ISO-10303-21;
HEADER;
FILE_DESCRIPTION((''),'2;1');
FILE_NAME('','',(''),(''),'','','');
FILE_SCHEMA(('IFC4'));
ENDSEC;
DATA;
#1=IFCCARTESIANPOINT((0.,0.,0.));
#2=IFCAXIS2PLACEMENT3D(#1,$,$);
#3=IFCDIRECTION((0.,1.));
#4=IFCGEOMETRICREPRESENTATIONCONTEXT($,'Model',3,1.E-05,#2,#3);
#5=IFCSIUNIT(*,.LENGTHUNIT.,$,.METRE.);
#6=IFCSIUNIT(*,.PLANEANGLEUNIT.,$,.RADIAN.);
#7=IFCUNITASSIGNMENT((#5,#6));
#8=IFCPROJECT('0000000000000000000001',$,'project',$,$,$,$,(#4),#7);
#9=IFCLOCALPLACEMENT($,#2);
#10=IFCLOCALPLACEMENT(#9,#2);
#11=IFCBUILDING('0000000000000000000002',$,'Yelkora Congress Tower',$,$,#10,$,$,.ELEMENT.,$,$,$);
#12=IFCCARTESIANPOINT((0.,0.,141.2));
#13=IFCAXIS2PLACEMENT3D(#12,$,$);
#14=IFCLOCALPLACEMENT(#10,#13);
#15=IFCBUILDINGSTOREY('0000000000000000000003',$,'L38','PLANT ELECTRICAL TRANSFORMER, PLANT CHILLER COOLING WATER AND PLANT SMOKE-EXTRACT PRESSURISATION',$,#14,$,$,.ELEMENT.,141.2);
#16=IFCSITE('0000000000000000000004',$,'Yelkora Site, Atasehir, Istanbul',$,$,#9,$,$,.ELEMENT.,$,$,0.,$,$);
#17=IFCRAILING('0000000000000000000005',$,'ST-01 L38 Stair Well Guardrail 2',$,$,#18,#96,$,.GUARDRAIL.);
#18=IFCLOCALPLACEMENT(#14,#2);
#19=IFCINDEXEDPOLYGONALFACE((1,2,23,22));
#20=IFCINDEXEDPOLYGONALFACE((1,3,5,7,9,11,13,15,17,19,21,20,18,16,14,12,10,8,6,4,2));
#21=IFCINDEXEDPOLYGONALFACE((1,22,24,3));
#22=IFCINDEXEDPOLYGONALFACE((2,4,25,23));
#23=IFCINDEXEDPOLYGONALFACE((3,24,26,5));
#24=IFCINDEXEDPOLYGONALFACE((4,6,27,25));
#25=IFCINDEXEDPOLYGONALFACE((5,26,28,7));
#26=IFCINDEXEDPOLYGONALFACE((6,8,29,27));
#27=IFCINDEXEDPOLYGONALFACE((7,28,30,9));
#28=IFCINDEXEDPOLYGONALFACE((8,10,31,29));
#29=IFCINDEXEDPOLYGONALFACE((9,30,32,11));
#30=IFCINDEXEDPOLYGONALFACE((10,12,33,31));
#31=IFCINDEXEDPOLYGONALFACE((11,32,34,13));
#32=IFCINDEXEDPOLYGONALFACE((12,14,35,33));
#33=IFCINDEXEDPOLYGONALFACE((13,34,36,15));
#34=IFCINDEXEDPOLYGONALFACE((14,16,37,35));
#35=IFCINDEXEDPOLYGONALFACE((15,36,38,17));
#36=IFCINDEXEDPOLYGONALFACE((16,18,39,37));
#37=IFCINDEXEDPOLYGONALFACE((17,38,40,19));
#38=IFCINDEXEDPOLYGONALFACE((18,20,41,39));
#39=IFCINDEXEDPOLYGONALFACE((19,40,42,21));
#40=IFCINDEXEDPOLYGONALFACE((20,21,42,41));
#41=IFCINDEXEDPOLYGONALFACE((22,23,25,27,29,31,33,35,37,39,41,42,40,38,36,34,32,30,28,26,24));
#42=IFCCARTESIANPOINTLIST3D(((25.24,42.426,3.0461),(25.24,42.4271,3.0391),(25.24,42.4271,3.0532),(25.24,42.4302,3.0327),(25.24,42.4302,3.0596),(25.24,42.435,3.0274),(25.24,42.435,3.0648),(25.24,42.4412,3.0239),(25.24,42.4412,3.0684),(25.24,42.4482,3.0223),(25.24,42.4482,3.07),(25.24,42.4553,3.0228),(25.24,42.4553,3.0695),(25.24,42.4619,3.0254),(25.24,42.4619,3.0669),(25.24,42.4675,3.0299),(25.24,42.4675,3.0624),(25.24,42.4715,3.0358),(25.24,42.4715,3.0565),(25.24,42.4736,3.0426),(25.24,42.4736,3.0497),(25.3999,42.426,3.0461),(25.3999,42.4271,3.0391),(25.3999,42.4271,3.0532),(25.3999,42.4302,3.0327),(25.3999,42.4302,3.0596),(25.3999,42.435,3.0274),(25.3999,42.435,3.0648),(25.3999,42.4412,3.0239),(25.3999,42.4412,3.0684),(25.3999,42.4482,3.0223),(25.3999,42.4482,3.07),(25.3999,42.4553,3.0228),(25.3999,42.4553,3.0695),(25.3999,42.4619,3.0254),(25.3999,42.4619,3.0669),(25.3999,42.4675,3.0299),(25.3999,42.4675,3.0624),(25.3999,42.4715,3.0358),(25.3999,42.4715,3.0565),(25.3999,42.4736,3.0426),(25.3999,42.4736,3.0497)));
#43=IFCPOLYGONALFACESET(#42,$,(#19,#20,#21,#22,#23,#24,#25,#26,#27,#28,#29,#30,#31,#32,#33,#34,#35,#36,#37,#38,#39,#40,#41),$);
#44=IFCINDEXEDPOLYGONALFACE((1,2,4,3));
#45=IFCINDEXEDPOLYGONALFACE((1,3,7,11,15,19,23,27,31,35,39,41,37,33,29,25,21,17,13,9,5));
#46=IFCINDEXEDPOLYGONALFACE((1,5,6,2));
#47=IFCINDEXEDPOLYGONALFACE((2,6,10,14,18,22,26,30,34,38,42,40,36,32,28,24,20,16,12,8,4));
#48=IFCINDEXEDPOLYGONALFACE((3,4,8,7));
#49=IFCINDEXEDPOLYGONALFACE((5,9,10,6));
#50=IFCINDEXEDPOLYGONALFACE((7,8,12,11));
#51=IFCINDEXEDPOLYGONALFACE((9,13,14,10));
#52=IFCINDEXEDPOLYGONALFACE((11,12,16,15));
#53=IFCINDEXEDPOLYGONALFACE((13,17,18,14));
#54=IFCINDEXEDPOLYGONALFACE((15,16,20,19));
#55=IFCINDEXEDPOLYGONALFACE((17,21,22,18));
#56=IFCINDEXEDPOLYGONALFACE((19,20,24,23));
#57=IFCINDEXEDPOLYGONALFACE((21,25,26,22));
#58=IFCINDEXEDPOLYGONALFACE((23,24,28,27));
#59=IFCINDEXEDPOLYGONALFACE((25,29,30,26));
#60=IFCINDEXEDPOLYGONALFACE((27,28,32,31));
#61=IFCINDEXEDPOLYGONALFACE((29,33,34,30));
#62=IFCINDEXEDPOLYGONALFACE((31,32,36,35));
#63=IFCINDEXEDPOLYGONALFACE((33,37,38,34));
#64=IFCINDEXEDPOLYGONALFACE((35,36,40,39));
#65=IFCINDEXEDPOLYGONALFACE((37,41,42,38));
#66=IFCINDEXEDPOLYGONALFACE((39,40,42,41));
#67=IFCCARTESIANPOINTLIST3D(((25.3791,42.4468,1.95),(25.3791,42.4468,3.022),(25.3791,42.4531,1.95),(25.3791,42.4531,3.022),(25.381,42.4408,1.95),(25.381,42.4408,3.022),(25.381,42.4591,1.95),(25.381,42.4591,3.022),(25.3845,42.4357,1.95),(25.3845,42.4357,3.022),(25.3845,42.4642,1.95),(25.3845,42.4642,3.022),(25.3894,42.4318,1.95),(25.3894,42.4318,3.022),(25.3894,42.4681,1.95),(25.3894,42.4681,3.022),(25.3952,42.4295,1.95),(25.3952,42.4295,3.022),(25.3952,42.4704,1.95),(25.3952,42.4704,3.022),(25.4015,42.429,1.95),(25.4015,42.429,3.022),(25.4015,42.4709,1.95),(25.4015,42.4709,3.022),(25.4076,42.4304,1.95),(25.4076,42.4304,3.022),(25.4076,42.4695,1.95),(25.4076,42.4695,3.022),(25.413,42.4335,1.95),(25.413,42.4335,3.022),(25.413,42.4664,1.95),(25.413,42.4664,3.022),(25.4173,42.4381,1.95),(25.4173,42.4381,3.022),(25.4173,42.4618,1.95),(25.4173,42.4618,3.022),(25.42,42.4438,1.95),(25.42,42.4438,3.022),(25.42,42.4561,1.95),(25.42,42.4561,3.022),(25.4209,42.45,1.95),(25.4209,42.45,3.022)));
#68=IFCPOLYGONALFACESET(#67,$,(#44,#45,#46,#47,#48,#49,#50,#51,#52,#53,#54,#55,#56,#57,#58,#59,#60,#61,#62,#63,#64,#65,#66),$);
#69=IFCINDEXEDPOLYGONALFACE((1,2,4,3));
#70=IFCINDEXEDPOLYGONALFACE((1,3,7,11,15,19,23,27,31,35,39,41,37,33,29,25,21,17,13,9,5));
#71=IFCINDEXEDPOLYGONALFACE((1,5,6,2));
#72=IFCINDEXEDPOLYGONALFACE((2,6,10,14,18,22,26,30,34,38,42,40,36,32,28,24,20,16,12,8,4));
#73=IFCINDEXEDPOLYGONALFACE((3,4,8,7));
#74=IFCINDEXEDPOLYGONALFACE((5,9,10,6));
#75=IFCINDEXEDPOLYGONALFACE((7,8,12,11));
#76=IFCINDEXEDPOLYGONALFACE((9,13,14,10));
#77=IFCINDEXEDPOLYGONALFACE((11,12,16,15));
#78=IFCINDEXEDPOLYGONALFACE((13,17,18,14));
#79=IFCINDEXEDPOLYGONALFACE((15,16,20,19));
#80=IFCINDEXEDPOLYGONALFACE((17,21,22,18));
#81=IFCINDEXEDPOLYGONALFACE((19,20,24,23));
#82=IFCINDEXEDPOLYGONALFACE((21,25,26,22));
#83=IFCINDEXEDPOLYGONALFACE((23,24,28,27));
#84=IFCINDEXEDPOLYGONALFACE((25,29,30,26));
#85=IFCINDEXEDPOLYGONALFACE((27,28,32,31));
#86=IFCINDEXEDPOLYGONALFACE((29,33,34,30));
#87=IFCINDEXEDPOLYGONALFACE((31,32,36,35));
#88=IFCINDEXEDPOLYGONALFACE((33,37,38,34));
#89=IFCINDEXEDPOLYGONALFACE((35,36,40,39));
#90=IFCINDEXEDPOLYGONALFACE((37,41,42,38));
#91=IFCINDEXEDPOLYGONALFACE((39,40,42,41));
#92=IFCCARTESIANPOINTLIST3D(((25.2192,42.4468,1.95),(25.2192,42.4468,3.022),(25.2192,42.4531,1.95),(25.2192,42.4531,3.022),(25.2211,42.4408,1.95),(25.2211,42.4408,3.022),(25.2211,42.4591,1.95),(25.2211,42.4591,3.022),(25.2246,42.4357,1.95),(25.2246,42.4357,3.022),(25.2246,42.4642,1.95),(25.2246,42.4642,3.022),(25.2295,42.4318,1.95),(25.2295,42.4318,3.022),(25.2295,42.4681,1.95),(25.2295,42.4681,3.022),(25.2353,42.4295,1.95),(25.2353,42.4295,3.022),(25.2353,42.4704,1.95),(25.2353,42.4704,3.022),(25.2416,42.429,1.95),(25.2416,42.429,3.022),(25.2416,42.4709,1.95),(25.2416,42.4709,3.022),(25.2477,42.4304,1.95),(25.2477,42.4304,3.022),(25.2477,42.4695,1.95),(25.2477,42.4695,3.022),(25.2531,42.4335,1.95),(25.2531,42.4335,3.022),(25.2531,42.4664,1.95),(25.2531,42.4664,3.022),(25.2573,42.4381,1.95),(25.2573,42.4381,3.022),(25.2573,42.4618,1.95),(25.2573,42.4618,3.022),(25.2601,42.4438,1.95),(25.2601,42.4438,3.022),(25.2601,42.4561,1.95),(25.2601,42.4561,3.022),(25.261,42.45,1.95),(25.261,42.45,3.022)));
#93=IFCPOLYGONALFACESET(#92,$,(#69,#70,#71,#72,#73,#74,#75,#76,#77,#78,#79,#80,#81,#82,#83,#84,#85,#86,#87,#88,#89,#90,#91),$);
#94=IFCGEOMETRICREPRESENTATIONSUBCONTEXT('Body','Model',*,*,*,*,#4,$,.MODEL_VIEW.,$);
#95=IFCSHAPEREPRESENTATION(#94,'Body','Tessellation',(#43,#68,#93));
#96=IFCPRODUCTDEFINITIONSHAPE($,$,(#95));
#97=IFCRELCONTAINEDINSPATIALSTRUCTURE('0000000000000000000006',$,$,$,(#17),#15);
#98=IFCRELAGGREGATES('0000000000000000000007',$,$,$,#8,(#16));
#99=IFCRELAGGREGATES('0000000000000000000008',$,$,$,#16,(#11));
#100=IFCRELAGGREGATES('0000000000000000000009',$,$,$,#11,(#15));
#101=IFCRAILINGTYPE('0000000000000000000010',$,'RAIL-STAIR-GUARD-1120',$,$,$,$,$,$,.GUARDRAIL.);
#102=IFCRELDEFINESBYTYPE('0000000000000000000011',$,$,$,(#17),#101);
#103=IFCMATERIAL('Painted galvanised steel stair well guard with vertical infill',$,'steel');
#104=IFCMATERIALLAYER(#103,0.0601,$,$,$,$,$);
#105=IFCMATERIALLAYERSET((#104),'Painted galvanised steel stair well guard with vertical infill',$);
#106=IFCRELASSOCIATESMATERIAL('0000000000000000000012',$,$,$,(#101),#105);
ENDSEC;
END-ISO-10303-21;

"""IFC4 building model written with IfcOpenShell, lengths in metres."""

from ifc_helpers import new_model, si_unit, direction, frame, origin, origin_2d, place, context, subcontext, project, spatial, circle, extrude, material, layer, layer_set, type_object, element, save


model = new_model("IFC4")

# Units and contexts
model_context = context("Model", 3, precision=1e-05, world=origin(), true_north=direction((0.0, 1.0)))
body_context = subcontext(model_context, "Body", "Model", "MODEL_VIEW")
ifc_project = project(units=[si_unit("LENGTHUNIT", "METRE"), si_unit("PLANEANGLEUNIT", "RADIAN")], contexts=[model_context])

# Site, building, storey
site_placement = place(None, origin())
site = spatial("IfcSite", under=ifc_project, at=site_placement, Name="Yelkora Site, Atasehir, Istanbul", CompositionType="ELEMENT", RefElevation=0.0)
building_placement = place(site_placement, origin())
building = spatial("IfcBuilding", under=site, at=building_placement, Name="Yelkora Congress Tower", CompositionType="ELEMENT")
storey_placement = place(building_placement, frame((0.0, 0.0, 141.2)))
storey = spatial("IfcBuildingStorey", under=building, at=storey_placement, Name="L38", Description="PLANT ELECTRICAL TRANSFORMER, PLANT CHILLER COOLING WATER AND PLANT SMOKE-EXTRACT PRESSURISATION", CompositionType="ELEMENT", Elevation=141.2)

# Railing
ifc_material_1 = material(Name="Painted galvanised steel stair well guard with vertical infill", Category="steel")
ifc_layer_1 = layer(ifc_material_1, 0.0601)
ifc_layer_set_1 = layer_set([ifc_layer_1], Name="Painted galvanised steel stair well guard with vertical infill")
railing_type_1 = type_object("IfcRailingType", Name="RAIL-STAIR-GUARD-1120", PredefinedType="GUARDRAIL", material=ifc_layer_set_1)
railing_1_placement = place(storey_placement, frame((25.3999, 42.45, 1.95)))
element("IfcRailing", 1, at=railing_1_placement, inside=storey, type_object=railing_type_1, Name="ST-01 L38 Stair Well Guardrail 2", PredefinedType="GUARDRAIL", context=body_context, shape_type="SweptSolid", body=[
    extrude(circle(Radius=0.0239, at=origin_2d()), frame((0.0, 0.0, 1.0962), z_axis=(-1.0, 0.0, 0.0), x_axis=(0.0, -1.0, 0.0)), (0.0, 0.0, 1.0), 0.1599),
    extrude(circle(Radius=0.021, at=origin_2d()), origin(), (0.0, 0.0, 1.0), 1.072),
    extrude(circle(Radius=0.021, at=origin_2d()), frame((-0.1599, 0.0, 0.0)), (0.0, 0.0, 1.0), 1.072),
])

save(model, "model.ifc")
